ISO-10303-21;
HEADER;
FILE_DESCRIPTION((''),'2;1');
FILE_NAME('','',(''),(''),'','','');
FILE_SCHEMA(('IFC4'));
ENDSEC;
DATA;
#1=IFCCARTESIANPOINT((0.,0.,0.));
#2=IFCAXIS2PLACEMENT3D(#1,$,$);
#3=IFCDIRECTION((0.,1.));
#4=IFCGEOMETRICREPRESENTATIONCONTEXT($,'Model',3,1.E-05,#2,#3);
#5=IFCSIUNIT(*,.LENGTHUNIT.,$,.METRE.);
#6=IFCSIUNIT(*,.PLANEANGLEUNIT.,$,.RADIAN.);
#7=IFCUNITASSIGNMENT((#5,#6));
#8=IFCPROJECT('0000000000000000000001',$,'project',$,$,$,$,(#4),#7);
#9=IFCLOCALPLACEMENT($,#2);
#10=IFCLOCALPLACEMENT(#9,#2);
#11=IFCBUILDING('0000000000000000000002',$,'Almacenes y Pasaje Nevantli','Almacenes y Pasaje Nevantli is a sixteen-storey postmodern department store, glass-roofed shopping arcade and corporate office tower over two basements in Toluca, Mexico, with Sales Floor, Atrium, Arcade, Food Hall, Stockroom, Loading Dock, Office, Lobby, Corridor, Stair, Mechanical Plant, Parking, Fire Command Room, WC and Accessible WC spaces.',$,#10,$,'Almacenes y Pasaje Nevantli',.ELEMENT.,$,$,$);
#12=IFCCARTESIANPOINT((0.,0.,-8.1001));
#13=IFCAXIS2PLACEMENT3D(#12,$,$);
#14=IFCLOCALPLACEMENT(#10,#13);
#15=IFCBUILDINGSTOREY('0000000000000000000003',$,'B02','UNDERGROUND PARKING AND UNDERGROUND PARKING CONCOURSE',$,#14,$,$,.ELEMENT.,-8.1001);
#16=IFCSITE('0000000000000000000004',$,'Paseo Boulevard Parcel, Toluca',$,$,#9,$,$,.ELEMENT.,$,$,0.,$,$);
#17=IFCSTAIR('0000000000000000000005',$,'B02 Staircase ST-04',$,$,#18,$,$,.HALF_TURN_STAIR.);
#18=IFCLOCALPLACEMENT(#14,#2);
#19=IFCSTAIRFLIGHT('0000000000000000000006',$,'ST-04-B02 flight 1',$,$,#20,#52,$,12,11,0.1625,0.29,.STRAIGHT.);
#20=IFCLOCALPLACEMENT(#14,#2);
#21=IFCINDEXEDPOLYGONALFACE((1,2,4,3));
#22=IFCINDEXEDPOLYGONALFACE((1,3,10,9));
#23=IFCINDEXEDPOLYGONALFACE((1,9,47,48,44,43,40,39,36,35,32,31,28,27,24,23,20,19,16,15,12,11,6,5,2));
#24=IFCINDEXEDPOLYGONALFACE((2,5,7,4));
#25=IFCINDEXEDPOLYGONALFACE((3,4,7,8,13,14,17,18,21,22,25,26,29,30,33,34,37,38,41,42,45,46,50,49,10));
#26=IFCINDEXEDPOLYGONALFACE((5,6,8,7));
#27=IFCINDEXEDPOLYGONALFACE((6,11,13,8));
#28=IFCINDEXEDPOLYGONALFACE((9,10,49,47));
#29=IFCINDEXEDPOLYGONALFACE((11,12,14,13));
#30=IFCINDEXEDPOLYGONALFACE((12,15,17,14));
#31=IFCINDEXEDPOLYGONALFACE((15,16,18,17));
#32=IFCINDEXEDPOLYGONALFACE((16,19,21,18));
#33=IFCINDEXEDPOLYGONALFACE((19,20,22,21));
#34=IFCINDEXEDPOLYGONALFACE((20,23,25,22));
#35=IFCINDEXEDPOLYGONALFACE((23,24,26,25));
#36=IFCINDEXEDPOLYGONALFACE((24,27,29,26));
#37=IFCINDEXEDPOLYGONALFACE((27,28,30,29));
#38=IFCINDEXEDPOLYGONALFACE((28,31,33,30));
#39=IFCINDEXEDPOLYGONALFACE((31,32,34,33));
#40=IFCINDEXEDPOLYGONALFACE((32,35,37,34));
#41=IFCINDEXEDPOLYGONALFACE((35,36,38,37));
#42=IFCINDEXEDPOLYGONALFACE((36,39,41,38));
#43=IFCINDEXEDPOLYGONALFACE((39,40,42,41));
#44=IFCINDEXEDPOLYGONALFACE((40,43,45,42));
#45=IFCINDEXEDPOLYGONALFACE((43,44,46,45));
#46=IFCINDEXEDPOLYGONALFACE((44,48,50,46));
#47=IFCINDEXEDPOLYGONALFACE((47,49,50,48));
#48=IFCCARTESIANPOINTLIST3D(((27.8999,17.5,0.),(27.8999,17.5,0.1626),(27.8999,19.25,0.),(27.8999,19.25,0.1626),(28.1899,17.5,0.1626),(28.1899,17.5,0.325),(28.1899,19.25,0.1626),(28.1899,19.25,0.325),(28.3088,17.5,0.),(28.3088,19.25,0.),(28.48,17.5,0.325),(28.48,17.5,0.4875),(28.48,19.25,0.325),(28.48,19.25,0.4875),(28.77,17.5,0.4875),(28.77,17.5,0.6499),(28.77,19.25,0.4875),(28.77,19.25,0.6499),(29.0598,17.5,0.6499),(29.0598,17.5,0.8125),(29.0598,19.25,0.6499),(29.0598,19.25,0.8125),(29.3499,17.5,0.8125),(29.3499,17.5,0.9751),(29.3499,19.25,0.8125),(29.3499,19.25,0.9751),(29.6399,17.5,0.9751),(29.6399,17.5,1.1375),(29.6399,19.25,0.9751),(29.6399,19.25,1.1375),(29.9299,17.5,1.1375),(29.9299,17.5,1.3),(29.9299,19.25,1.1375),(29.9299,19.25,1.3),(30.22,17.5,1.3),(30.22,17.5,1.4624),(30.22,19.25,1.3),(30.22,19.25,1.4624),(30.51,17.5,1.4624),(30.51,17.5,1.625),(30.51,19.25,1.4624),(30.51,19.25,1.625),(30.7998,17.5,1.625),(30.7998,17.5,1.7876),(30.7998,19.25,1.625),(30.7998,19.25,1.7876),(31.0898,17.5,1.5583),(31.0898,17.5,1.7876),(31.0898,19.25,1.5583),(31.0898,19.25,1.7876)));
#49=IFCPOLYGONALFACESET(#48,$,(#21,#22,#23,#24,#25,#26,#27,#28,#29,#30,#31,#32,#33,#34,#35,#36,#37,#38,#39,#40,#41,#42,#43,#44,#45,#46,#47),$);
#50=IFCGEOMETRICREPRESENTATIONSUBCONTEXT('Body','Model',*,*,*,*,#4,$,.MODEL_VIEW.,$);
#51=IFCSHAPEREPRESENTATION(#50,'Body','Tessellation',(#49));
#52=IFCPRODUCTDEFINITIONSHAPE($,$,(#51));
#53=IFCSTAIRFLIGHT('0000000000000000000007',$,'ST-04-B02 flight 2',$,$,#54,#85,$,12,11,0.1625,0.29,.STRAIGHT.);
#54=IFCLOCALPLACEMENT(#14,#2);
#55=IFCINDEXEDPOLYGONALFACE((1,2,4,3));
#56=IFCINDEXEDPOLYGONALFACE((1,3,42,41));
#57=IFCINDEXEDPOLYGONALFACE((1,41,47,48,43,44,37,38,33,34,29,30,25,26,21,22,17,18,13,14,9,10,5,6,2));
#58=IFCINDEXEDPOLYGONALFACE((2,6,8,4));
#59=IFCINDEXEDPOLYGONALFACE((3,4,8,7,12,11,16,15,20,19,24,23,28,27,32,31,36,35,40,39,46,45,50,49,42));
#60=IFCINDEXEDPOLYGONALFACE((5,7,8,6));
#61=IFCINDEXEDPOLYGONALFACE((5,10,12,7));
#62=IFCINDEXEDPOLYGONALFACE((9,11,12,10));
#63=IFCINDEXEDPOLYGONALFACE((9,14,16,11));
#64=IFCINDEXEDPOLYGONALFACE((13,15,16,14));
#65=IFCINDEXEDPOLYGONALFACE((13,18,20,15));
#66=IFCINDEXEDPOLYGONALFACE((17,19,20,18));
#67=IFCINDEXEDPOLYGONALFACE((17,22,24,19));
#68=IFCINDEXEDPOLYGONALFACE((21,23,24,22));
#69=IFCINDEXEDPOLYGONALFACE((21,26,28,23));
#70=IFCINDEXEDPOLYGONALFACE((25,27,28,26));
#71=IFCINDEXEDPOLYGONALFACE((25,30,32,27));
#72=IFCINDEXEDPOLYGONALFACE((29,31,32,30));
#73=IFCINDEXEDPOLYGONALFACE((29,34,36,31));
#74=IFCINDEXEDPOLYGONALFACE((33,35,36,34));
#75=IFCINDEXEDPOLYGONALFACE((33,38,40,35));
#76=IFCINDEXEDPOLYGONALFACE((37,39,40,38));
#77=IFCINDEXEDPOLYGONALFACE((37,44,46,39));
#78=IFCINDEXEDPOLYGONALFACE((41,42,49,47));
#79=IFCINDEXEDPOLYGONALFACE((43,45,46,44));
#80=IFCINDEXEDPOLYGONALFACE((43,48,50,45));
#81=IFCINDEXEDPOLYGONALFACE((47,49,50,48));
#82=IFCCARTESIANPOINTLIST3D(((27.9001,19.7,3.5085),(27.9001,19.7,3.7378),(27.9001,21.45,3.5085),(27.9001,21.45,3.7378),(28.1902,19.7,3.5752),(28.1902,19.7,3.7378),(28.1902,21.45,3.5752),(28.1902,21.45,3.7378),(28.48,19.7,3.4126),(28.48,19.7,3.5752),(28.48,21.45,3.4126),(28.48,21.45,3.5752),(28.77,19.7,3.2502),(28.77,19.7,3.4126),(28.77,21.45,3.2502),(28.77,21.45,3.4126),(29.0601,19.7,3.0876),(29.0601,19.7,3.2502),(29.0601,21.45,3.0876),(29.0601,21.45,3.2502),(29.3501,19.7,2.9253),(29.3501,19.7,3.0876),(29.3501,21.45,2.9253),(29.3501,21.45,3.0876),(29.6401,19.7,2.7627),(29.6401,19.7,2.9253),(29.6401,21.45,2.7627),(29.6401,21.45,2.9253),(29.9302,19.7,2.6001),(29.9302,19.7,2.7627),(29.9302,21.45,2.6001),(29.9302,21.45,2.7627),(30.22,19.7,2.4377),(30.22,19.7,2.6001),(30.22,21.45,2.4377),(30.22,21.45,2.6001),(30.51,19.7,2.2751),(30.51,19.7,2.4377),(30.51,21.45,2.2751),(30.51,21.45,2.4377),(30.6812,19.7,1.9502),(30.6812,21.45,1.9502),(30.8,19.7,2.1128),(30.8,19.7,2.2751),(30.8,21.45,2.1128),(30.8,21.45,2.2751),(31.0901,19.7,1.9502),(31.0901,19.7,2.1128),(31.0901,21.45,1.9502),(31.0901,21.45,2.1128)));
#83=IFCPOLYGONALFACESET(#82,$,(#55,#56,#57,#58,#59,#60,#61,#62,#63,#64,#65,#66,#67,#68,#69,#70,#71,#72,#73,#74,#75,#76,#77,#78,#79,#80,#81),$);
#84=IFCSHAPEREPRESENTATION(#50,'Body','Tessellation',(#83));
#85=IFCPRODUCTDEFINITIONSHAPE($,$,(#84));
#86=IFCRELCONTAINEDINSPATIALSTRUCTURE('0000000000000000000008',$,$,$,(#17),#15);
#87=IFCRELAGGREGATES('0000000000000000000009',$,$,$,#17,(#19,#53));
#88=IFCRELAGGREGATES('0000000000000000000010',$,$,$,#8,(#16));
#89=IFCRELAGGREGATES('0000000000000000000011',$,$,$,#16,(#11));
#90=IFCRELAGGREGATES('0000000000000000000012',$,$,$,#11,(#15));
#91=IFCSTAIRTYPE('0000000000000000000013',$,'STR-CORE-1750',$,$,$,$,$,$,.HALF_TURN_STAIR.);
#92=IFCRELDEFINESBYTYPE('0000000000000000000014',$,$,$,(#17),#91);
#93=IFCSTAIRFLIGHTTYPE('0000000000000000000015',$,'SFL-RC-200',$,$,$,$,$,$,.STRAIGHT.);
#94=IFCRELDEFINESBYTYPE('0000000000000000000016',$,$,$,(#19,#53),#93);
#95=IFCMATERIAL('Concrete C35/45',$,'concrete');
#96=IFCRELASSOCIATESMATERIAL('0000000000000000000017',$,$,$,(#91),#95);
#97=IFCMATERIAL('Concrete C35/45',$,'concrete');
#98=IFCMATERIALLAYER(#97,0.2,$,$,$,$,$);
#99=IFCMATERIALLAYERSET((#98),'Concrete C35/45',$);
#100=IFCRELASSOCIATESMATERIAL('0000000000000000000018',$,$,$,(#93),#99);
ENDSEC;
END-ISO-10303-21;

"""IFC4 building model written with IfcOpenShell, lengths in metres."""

from ifc_helpers import new_model, si_unit, direction, frame, origin, place, context, subcontext, project, spatial, polyline, outline, extrude, material, layer, layer_set, type_object, element, aggregate, save


model = new_model("IFC4")

# Units and contexts
model_context = context("Model", 3, precision=1e-05, world=origin(), true_north=direction((0.0, 1.0)))
body_context = subcontext(model_context, "Body", "Model", "MODEL_VIEW")
ifc_project = project(units=[si_unit("LENGTHUNIT", "METRE"), si_unit("PLANEANGLEUNIT", "RADIAN")], contexts=[model_context])

# Site, building, storey
site_placement = place(None, origin())
site = spatial("IfcSite", under=ifc_project, at=site_placement, Name="Paseo Boulevard Parcel, Toluca", CompositionType="ELEMENT", RefElevation=0.0)
building_placement = place(site_placement, origin())
building = spatial("IfcBuilding", under=site, at=building_placement, Name="Almacenes y Pasaje Nevantli", Description="Almacenes y Pasaje Nevantli is a sixteen-storey postmodern department store, glass-roofed shopping arcade and corporate office tower over two basements in Toluca, Mexico, with Sales Floor, Atrium, Arcade, Food Hall, Stockroom, Loading Dock, Office, Lobby, Corridor, Stair, Mechanical Plant, Parking, Fire Command Room, WC and Accessible WC spaces.", LongName="Almacenes y Pasaje Nevantli", CompositionType="ELEMENT")
storey_placement = place(building_placement, frame((0.0, 0.0, -8.1001)))
storey = spatial("IfcBuildingStorey", under=building, at=storey_placement, Name="B02", Description="UNDERGROUND PARKING AND UNDERGROUND PARKING CONCOURSE", CompositionType="ELEMENT", Elevation=-8.1001)

# Stair, stair flights
ifc_material_1 = material(Name="Concrete C35/45", Category="concrete")
stair_type = type_object("IfcStairType", Name="STR-CORE-1750", PredefinedType="HALF_TURN_STAIR", material=ifc_material_1)
stair_placement = place(storey_placement, origin())
stair = element("IfcStair", 1, at=stair_placement, inside=storey, type_object=stair_type, Name="B02 Staircase ST-04", PredefinedType="HALF_TURN_STAIR")
ifc_material_2 = material(Name="Concrete C35/45", Category="concrete")
ifc_layer_1 = layer(ifc_material_2, 0.2)
ifc_layer_set_1 = layer_set([ifc_layer_1], Name="Concrete C35/45")
stair_flight_type = type_object("IfcStairFlightType", Name="SFL-RC-200", PredefinedType="STRAIGHT", material=ifc_layer_set_1)
stair_flight_1_placement = place(storey_placement, frame((27.8999, 18.375, 0.0), z_axis=(0.0, 0.0, 1.0), x_axis=(1.0, 0.0, 0.0)))
stair_flight_1 = element("IfcStairFlight", 2, at=stair_flight_1_placement, type_object=stair_flight_type, Name="ST-04-B02 flight 1", NumberOfRisers=12, NumberOfTreads=11, PredefinedType="STRAIGHT", RiserHeight=0.1625, TreadLength=0.29, context=body_context, shape_type="SweptSolid", body=[
    extrude(outline(polyline([(0.0, 0.0), (0.0, 0.1626), (0.29, 0.1626), (0.29, 0.325), (0.5801, 0.325), (0.5801, 0.4875), (0.8701, 0.4875), (0.8701, 0.6499), (1.1599, 0.6499), (1.1599, 0.8125), (1.45, 0.8125), (1.45, 0.9751), (1.74, 0.9751), (1.74, 1.1375), (2.03, 1.1375), (2.03, 1.3), (2.3201, 1.3), (2.3201, 1.4624), (2.6101, 1.4624), (2.6101, 1.625), (2.8999, 1.625), (2.8999, 1.7876), (3.1899, 1.7876), (3.1899, 1.95), (3.1899, 1.5583), (0.4089, 0.0), (0.0, 0.0)])), frame((0.0, 0.875, 0.0), z_axis=(0.0, -1.0, 0.0), x_axis=(1.0, 0.0, 0.0)), (0.0, 0.0, 1.0), 1.75),
])
stair_flight_2_placement = place(storey_placement, frame((31.0901, 20.575, 1.9502), z_axis=(0.0, 0.0, 1.0), x_axis=(-1.0, 0.0, 0.0)))
stair_flight_2 = element("IfcStairFlight", 3, at=stair_flight_2_placement, type_object=stair_flight_type, Name="ST-04-B02 flight 2", NumberOfRisers=12, NumberOfTreads=11, PredefinedType="STRAIGHT", RiserHeight=0.1625, TreadLength=0.29, context=body_context, shape_type="SweptSolid", body=[
    extrude(outline(polyline([(0.0, 0.0), (0.0, 0.1626), (0.29, 0.1626), (0.29, 0.325), (0.5801, 0.325), (0.5801, 0.4875), (0.8701, 0.4875), (0.8701, 0.6499), (1.1599, 0.6499), (1.1599, 0.8125), (1.45, 0.8125), (1.45, 0.9751), (1.74, 0.9751), (1.74, 1.1375), (2.03, 1.1375), (2.03, 1.3), (2.3201, 1.3), (2.3201, 1.4624), (2.6101, 1.4624), (2.6101, 1.625), (2.8999, 1.625), (2.8999, 1.7876), (3.1899, 1.7876), (3.1899, 1.95), (3.1899, 1.5583), (0.4089, 0.0), (0.0, 0.0)])), frame((0.0, 0.875, 0.0), z_axis=(0.0, -1.0, 0.0), x_axis=(1.0, 0.0, 0.0)), (0.0, 0.0, 1.0), 1.75),
])
aggregate(stair, [stair_flight_1, stair_flight_2])

save(model, "model.ifc")
